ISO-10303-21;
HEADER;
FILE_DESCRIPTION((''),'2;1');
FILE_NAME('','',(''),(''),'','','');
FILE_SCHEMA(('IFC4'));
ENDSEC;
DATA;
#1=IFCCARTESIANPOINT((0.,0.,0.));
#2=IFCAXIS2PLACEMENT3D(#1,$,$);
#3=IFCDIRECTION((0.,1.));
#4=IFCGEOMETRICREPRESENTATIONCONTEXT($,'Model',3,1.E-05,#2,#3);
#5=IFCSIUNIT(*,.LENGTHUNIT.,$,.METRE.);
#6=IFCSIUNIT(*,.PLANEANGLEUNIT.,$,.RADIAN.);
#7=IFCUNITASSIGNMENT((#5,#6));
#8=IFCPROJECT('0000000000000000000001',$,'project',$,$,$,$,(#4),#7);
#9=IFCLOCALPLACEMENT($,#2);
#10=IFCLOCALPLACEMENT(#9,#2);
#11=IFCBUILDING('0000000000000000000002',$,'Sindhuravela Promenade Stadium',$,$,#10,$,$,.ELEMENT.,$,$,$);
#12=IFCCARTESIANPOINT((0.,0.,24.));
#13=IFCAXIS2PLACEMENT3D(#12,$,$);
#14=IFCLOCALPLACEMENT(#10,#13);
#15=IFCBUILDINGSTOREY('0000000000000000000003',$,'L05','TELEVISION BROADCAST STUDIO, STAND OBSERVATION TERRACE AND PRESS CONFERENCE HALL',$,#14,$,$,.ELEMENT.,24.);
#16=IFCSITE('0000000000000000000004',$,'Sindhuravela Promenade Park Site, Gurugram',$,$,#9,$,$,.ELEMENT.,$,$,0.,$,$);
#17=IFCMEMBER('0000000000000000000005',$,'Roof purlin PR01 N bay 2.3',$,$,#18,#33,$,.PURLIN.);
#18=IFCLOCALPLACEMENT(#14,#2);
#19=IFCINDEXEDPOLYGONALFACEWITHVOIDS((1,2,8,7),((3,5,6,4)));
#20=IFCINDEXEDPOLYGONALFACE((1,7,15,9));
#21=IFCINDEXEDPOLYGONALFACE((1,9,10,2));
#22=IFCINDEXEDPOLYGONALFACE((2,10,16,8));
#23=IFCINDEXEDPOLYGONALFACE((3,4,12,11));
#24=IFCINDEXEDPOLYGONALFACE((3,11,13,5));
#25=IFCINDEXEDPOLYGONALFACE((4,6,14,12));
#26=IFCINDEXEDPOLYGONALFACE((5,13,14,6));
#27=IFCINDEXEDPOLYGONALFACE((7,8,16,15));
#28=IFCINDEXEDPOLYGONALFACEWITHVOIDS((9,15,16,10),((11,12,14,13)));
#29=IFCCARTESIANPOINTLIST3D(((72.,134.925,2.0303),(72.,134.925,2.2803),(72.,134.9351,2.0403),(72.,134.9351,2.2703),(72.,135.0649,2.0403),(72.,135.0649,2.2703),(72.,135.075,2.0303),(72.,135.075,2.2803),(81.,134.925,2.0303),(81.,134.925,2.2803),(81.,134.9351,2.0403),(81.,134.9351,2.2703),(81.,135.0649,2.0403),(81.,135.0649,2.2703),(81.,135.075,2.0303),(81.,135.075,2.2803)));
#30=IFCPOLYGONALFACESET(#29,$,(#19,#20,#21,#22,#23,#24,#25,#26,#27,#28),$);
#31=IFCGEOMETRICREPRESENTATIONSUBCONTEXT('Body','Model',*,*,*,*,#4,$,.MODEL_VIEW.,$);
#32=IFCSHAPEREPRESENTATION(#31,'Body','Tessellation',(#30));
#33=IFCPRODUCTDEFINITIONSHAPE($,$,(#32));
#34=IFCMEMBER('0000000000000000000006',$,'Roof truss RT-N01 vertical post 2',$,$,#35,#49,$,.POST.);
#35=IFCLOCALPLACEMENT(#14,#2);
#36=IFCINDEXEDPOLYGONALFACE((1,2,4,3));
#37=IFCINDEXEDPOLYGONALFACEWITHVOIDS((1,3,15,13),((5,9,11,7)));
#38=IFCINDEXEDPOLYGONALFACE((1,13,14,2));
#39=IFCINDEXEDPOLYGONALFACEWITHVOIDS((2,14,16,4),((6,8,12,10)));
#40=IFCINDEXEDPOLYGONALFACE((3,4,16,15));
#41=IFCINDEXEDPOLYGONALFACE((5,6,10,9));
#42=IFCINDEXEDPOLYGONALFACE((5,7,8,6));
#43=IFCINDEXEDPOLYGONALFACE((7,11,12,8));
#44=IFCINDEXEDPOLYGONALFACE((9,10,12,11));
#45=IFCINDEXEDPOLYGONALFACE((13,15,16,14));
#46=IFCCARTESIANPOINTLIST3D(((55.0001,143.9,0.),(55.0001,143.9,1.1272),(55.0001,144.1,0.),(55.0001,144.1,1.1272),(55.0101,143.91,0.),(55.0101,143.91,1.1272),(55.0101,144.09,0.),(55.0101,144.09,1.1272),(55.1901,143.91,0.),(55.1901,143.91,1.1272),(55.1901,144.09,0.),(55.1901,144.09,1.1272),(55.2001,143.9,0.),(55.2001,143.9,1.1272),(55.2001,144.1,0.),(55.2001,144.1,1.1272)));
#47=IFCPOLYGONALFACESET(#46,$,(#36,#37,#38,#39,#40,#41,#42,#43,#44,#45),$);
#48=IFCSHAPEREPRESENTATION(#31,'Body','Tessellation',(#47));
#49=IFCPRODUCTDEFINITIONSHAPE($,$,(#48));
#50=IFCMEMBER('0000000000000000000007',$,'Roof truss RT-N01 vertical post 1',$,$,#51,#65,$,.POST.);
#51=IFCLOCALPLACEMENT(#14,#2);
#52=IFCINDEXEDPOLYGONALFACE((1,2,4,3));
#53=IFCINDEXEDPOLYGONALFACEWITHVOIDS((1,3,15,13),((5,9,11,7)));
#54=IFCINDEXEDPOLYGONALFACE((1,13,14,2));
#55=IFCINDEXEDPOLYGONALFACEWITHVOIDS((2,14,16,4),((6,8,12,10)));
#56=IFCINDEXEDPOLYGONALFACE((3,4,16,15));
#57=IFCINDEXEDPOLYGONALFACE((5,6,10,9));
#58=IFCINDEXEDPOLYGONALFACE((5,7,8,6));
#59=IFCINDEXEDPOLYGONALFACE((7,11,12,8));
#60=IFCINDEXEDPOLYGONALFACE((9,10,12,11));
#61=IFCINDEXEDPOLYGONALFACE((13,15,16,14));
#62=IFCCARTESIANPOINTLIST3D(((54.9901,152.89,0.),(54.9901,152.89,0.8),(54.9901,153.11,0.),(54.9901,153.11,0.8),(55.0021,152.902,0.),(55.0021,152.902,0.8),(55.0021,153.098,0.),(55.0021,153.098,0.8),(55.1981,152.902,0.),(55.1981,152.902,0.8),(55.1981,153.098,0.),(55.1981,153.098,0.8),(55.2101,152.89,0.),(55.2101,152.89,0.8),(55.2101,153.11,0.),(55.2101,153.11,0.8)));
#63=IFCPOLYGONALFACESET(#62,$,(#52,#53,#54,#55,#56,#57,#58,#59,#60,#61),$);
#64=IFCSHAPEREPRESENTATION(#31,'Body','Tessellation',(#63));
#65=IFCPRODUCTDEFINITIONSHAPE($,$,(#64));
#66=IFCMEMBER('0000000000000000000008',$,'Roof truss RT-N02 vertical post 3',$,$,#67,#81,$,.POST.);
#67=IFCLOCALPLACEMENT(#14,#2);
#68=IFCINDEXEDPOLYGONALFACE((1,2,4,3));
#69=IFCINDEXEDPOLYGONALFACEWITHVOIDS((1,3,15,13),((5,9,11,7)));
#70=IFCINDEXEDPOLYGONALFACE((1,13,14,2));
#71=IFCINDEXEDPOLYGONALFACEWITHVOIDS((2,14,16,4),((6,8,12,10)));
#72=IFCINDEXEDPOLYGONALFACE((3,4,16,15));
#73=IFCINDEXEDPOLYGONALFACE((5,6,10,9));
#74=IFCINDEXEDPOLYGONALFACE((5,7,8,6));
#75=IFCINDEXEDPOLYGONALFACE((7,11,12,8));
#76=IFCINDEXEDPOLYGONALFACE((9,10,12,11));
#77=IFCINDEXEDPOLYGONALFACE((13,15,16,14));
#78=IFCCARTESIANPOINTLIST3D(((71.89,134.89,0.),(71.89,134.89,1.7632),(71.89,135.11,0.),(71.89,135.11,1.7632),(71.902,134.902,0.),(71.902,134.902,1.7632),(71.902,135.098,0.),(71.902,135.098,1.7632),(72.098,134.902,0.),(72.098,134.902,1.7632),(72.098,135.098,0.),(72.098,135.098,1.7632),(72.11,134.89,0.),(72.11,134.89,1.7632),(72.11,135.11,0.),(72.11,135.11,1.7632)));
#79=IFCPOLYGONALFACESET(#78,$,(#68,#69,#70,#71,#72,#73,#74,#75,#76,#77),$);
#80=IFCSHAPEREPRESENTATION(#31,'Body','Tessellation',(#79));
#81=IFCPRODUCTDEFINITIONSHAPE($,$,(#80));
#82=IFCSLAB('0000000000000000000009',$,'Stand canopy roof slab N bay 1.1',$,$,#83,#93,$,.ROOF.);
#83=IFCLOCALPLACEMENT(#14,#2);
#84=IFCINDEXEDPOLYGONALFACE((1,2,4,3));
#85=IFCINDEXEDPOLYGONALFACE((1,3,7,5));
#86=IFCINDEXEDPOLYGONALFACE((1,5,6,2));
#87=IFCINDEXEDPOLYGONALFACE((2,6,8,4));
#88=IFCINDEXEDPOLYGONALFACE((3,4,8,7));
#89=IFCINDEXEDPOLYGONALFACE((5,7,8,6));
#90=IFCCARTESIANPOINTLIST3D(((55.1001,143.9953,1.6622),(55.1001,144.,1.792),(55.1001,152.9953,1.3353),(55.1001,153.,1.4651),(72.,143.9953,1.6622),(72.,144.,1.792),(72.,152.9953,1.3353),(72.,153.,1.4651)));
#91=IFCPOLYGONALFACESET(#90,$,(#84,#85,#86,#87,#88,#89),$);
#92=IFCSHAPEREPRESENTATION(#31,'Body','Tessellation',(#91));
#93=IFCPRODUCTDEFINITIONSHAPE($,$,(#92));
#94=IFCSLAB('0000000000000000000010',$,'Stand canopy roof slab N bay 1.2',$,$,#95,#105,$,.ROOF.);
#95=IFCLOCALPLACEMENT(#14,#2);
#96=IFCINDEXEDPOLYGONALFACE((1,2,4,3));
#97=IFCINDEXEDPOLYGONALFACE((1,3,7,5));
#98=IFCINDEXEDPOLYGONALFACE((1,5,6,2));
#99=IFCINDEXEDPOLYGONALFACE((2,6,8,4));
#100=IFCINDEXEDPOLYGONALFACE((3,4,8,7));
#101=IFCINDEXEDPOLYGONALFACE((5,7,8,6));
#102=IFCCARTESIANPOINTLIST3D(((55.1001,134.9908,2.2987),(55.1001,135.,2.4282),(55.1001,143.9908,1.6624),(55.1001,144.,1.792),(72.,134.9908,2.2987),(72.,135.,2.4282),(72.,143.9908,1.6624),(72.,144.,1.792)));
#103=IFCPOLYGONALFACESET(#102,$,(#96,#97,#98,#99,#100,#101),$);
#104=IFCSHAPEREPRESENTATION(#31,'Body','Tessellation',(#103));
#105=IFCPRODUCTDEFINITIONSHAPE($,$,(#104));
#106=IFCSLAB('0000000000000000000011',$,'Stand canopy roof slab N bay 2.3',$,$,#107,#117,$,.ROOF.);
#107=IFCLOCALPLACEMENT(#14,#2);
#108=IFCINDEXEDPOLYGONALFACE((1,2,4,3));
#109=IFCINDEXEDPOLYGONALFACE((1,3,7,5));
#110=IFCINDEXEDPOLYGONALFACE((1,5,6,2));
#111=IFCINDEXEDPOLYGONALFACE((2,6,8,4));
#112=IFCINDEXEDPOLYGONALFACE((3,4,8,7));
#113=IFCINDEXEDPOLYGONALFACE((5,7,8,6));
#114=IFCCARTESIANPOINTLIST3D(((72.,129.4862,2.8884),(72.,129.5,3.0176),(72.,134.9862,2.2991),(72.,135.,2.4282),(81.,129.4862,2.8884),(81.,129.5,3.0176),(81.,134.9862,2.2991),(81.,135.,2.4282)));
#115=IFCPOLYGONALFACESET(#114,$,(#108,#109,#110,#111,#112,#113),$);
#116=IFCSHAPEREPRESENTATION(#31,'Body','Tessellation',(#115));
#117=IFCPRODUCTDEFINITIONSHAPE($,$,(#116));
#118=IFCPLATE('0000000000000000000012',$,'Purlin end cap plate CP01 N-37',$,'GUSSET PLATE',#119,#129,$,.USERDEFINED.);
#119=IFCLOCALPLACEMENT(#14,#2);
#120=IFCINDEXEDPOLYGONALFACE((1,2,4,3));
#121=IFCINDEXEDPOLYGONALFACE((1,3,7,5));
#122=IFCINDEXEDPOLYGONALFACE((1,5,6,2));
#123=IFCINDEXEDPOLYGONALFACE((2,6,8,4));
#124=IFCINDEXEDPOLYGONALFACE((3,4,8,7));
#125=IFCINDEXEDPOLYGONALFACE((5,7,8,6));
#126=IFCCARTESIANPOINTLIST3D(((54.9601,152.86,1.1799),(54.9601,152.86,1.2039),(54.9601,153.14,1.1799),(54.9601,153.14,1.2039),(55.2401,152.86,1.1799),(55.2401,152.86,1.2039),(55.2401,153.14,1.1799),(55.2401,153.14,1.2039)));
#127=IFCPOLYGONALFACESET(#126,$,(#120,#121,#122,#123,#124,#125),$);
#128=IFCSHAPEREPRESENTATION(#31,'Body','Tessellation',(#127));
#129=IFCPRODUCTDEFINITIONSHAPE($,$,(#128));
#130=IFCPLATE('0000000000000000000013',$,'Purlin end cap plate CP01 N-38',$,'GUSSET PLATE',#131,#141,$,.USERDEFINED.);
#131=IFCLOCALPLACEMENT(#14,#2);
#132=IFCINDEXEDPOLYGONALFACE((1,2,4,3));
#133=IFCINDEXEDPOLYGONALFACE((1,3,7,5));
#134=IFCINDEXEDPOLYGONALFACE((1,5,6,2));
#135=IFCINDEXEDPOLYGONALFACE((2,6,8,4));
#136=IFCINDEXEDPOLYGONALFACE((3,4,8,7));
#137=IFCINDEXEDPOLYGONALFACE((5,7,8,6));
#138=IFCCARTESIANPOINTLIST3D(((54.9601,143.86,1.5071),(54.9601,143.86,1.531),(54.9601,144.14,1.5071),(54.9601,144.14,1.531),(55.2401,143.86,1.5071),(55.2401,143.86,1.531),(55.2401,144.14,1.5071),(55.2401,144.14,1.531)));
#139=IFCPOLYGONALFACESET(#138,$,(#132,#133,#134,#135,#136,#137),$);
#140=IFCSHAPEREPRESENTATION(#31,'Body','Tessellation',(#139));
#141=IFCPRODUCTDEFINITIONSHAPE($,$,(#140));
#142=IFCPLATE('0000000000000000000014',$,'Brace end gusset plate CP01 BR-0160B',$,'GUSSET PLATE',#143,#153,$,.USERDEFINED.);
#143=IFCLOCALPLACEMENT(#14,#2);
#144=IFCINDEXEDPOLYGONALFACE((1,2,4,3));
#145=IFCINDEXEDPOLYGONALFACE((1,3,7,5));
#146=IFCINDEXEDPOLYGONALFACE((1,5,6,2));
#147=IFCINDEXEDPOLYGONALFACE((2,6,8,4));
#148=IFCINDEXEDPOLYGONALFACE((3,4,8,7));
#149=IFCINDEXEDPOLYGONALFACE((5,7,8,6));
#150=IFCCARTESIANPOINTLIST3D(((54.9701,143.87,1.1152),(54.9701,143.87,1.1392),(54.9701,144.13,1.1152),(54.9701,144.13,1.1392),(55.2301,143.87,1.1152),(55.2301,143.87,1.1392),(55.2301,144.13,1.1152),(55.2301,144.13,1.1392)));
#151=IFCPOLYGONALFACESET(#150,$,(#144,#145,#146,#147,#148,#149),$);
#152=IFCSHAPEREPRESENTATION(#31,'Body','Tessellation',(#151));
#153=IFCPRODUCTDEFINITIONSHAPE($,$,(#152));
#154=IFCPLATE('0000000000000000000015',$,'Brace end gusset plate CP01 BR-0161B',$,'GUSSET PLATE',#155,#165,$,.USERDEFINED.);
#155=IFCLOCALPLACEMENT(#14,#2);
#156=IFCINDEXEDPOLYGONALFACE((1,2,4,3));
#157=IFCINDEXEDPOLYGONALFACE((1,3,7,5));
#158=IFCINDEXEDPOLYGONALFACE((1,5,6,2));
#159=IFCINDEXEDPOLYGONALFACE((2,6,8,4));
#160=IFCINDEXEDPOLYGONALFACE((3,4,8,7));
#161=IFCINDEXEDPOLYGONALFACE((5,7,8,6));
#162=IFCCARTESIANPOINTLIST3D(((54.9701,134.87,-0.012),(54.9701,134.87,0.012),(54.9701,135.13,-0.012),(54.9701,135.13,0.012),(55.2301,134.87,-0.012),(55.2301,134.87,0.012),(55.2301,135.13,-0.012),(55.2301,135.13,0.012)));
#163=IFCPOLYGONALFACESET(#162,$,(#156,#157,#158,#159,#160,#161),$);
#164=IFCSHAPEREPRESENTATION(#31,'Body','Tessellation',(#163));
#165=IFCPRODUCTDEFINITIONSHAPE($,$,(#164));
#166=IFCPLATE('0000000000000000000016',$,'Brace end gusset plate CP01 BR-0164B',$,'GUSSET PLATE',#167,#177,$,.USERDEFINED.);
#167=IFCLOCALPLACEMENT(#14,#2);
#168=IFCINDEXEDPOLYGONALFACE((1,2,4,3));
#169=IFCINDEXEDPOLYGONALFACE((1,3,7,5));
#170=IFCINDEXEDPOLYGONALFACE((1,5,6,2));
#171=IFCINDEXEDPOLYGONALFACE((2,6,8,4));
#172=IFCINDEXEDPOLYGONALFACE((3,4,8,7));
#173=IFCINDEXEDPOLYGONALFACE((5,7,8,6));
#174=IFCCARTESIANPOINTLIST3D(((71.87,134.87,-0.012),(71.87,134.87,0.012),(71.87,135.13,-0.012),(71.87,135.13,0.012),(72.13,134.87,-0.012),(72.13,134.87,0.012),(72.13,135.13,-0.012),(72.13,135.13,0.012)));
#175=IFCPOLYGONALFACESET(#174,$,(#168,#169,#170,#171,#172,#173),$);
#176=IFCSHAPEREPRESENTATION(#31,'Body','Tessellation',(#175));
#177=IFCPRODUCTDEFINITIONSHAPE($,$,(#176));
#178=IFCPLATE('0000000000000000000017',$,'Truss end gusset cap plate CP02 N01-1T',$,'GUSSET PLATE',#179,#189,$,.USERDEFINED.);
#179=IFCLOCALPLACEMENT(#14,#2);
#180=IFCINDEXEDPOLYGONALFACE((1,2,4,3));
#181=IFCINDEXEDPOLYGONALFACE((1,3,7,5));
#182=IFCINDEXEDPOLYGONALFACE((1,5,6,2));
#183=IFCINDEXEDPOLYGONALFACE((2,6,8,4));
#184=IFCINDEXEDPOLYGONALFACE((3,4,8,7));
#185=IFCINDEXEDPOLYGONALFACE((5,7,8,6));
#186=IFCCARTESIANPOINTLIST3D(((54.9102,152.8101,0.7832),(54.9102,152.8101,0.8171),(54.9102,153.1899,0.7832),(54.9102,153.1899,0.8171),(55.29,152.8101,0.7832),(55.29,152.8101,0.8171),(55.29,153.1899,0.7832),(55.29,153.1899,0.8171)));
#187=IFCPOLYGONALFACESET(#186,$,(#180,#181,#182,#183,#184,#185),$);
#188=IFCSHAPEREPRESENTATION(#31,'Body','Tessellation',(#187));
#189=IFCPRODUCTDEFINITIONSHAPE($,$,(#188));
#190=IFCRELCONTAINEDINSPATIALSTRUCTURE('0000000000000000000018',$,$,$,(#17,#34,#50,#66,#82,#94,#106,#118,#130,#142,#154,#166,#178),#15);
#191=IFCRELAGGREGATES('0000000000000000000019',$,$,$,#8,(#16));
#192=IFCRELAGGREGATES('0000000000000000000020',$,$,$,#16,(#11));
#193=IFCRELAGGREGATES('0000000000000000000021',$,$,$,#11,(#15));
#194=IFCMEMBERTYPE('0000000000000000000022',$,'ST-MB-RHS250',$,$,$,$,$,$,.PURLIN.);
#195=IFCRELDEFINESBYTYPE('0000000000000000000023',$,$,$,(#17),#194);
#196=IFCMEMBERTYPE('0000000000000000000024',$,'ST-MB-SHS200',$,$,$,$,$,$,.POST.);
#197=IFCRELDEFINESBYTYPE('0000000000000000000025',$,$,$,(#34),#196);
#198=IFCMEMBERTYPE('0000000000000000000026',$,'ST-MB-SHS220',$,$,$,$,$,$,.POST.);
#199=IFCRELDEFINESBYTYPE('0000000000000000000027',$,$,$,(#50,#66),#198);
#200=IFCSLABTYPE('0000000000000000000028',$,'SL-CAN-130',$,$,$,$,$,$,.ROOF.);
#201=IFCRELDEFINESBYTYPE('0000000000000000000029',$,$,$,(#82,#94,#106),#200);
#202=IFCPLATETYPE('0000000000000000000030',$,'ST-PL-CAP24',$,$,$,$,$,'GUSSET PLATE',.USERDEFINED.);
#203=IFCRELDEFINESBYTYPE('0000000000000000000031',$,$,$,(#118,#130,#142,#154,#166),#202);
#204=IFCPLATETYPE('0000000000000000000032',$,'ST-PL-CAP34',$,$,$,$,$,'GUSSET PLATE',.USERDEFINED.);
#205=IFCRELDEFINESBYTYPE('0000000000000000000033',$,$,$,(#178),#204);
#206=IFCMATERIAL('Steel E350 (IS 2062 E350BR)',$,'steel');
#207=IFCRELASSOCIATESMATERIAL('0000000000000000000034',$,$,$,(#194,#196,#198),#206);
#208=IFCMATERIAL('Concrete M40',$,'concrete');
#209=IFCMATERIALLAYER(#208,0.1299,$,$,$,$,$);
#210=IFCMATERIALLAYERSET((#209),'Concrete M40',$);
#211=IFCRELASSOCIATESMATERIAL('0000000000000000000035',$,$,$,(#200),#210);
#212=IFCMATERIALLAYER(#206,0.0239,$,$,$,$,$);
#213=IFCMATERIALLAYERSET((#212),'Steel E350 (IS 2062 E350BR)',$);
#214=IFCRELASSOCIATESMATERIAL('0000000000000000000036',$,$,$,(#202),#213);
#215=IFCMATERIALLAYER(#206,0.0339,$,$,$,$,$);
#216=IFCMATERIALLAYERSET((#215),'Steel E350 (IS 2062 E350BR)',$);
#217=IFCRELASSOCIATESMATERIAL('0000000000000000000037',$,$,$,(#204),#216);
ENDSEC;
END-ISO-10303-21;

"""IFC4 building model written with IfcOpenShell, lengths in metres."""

from ifc_helpers import new_model, si_unit, direction, frame, origin, origin_2d, place, context, subcontext, project, spatial, polyline, rectangle, hollow_rectangle, outline, extrude, material, layer, layer_set, material_profile, profile_set, type_object, element, save


model = new_model("IFC4")

# Units and contexts
model_context = context("Model", 3, precision=1e-05, world=origin(), true_north=direction((0.0, 1.0)))
body_context = subcontext(model_context, "Body", "Model", "MODEL_VIEW")
ifc_project = project(units=[si_unit("LENGTHUNIT", "METRE"), si_unit("PLANEANGLEUNIT", "RADIAN")], contexts=[model_context])

# Site, building, storey
site_placement = place(None, origin())
site = spatial("IfcSite", under=ifc_project, at=site_placement, Name="Sindhuravela Promenade Park Site, Gurugram", CompositionType="ELEMENT", RefElevation=0.0)
building_placement = place(site_placement, origin())
building = spatial("IfcBuilding", under=site, at=building_placement, Name="Sindhuravela Promenade Stadium", CompositionType="ELEMENT")
storey_placement = place(building_placement, frame((0.0, 0.0, 24.0)))
storey = spatial("IfcBuildingStorey", under=building, at=storey_placement, Name="L05", Description="TELEVISION BROADCAST STUDIO, STAND OBSERVATION TERRACE AND PRESS CONFERENCE HALL", CompositionType="ELEMENT", Elevation=24.0)

# Shared definitions
ifc_material_1 = material(Name="Steel E350 (IS 2062 E350BR)", Category="steel")

# Members
ifc_material_profile_1 = material_profile(ifc_material_1, hollow_rectangle(XDim=0.1499, YDim=0.25, WallThickness=0.01, at=origin_2d()), Name="RHS 250x150x10")
ifc_profile_set_1 = profile_set([ifc_material_profile_1], Name="Steel E350 (IS 2062 E350BR)")
member_type_1 = type_object("IfcMemberType", Name="ST-MB-RHS250", PredefinedType="PURLIN", material=ifc_profile_set_1)
member_1_placement = place(storey_placement, frame((72.0, 135.0, 2.1553), z_axis=(1.0, 0.0, 0.0), x_axis=(0.0, 1.0, 0.0)))
element("IfcMember", 1, at=member_1_placement, inside=storey, type_object=member_type_1, Name="Roof purlin PR01 N bay 2.3", PredefinedType="PURLIN", context=body_context, shape_type="SweptSolid", body=[
    extrude(hollow_rectangle(XDim=0.1499, YDim=0.25, WallThickness=0.01, at=origin_2d()), origin(), (0.0, 0.0, 1.0), 9.0),
])
ifc_material_profile_2 = material_profile(ifc_material_1, hollow_rectangle(XDim=0.2, YDim=0.2, WallThickness=0.01, at=origin_2d()), Name="SHS 200x200x10")
ifc_profile_set_2 = profile_set([ifc_material_profile_2], Name="Steel E350 (IS 2062 E350BR)")
member_type_2 = type_object("IfcMemberType", Name="ST-MB-SHS200", PredefinedType="POST", material=ifc_profile_set_2)
member_2_placement = place(storey_placement, frame((55.1001, 144.0, 0.0), z_axis=(0.0, 0.0, 1.0), x_axis=(1.0, 0.0, 0.0)))
element("IfcMember", 2, at=member_2_placement, inside=storey, type_object=member_type_2, Name="Roof truss RT-N01 vertical post 2", PredefinedType="POST", context=body_context, shape_type="SweptSolid", body=[
    extrude(hollow_rectangle(XDim=0.2, YDim=0.2, WallThickness=0.01, at=origin_2d()), origin(), (0.0, 0.0, 1.0), 1.1272),
])
ifc_material_profile_3 = material_profile(ifc_material_1, hollow_rectangle(XDim=0.22, YDim=0.22, WallThickness=0.012, at=origin_2d()), Name="SHS 220x220x12")
ifc_profile_set_3 = profile_set([ifc_material_profile_3], Name="Steel E350 (IS 2062 E350BR)")
member_type_3 = type_object("IfcMemberType", Name="ST-MB-SHS220", PredefinedType="POST", material=ifc_profile_set_3)
member_3_placement = place(storey_placement, frame((55.1001, 153.0, 0.0), z_axis=(0.0, 0.0, 1.0), x_axis=(1.0, 0.0, 0.0)))
element("IfcMember", 3, at=member_3_placement, inside=storey, type_object=member_type_3, Name="Roof truss RT-N01 vertical post 1", PredefinedType="POST", context=body_context, shape_type="SweptSolid", body=[
    extrude(hollow_rectangle(XDim=0.22, YDim=0.22, WallThickness=0.012, at=origin_2d()), origin(), (0.0, 0.0, 1.0), 0.8),
])
member_4_placement = place(storey_placement, frame((72.0, 135.0, 0.0), z_axis=(0.0, 0.0, 1.0), x_axis=(1.0, 0.0, 0.0)))
element("IfcMember", 4, at=member_4_placement, inside=storey, type_object=member_type_3, Name="Roof truss RT-N02 vertical post 3", PredefinedType="POST", context=body_context, shape_type="SweptSolid", body=[
    extrude(hollow_rectangle(XDim=0.22, YDim=0.22, WallThickness=0.012, at=origin_2d()), origin(), (0.0, 0.0, 1.0), 1.7632),
])

# Slabs
ifc_material_2 = material(Name="Concrete M40", Category="concrete")
ifc_layer_1 = layer(ifc_material_2, 0.1299)
ifc_layer_set_1 = layer_set([ifc_layer_1], Name="Concrete M40")
slab_type = type_object("IfcSlabType", Name="SL-CAN-130", PredefinedType="ROOF", material=ifc_layer_set_1)
slab_1_placement = place(storey_placement, frame((55.1001, 153.0, 1.4651), z_axis=(0.0, 0.036299, 0.999341), x_axis=(1.0, 0.0, 0.0)))
element("IfcSlab", 5, at=slab_1_placement, inside=storey, type_object=slab_type, Name="Stand canopy roof slab N bay 1.1", PredefinedType="ROOF", context=body_context, shape_type="SweptSolid", body=[
    extrude(outline(polyline([(0.0, 0.0), (0.0, -9.0059), (16.8999, -9.0059), (16.8999, 0.0), (0.0, 0.0)])), origin(), (0.0, 0.0, -1.0), 0.1299),
])
slab_2_placement = place(storey_placement, frame((55.1001, 144.0, 1.792), z_axis=(0.0, 0.070516, 0.997511), x_axis=(1.0, 0.0, 0.0)))
element("IfcSlab", 6, at=slab_2_placement, inside=storey, type_object=slab_type, Name="Stand canopy roof slab N bay 1.2", PredefinedType="ROOF", context=body_context, shape_type="SweptSolid", body=[
    extrude(outline(polyline([(0.0, 0.0), (0.0, -9.0225), (16.8999, -9.0225), (16.8999, 0.0), (0.0, 0.0)])), origin(), (0.0, 0.0, -1.0), 0.1299),
])
slab_3_placement = place(storey_placement, frame((72.0, 135.0, 2.4282), z_axis=(0.0, 0.106546, 0.994308), x_axis=(1.0, 0.0, 0.0)))
element("IfcSlab", 7, at=slab_3_placement, inside=storey, type_object=slab_type, Name="Stand canopy roof slab N bay 2.3", PredefinedType="ROOF", context=body_context, shape_type="SweptSolid", body=[
    extrude(outline(polyline([(0.0, 0.0), (0.0, -5.5315), (9.0, -5.5315), (9.0, 0.0), (0.0, 0.0)])), origin(), (0.0, 0.0, -1.0), 0.1299),
])

# Plates
ifc_layer_2 = layer(ifc_material_1, 0.0239)
ifc_layer_set_2 = layer_set([ifc_layer_2], Name="Steel E350 (IS 2062 E350BR)")
plate_type_1 = type_object("IfcPlateType", Name="ST-PL-CAP24", ElementType="GUSSET PLATE", PredefinedType="USERDEFINED", material=ifc_layer_set_2)
for number, where, z_axis, x_axis, name in (
    (8, (55.1001, 153.0, 1.1799), (0.0, 0.0, 1.0), (1.0, 0.0, 0.0), "Purlin end cap plate CP01 N-37"),
    (9, (55.1001, 144.0, 1.5071), (0.0, 0.0, 1.0), (1.0, 0.0, 0.0), "Purlin end cap plate CP01 N-38"),
):
    element("IfcPlate", number, at=place(storey_placement, frame(where, z_axis=z_axis, x_axis=x_axis)), inside=storey, type_object=plate_type_1, Name=name, ObjectType="GUSSET PLATE", PredefinedType="USERDEFINED", context=body_context, shape_type="SweptSolid", body=[
        extrude(rectangle(XDim=0.28, YDim=0.28, at=origin_2d()), origin(), (0.0, 0.0, 1.0), 0.0239),
    ])
for number, where, z_axis, x_axis, name in (
    (10, (55.1001, 144.0, 1.1152), (0.0, 0.0, 1.0), (1.0, 0.0, 0.0), "Brace end gusset plate CP01 BR-0160B"),
    (11, (55.1001, 135.0, -0.012), (0.0, 0.0, 1.0), (1.0, 0.0, 0.0), "Brace end gusset plate CP01 BR-0161B"),
    (12, (72.0, 135.0, -0.012), (0.0, 0.0, 1.0), (1.0, 0.0, 0.0), "Brace end gusset plate CP01 BR-0164B"),
):
    element("IfcPlate", number, at=place(storey_placement, frame(where, z_axis=z_axis, x_axis=x_axis)), inside=storey, type_object=plate_type_1, Name=name, ObjectType="GUSSET PLATE", PredefinedType="USERDEFINED", context=body_context, shape_type="SweptSolid", body=[
        extrude(rectangle(XDim=0.26, YDim=0.26, at=origin_2d()), origin(), (0.0, 0.0, 1.0), 0.0239),
    ])
ifc_layer_3 = layer(ifc_material_1, 0.0339)
ifc_layer_set_3 = layer_set([ifc_layer_3], Name="Steel E350 (IS 2062 E350BR)")
plate_type_2 = type_object("IfcPlateType", Name="ST-PL-CAP34", ElementType="GUSSET PLATE", PredefinedType="USERDEFINED", material=ifc_layer_set_3)
for number, where, z_axis, x_axis, name in (
    (13, (55.1001, 153.0, 0.7832), (0.0, 0.0, 1.0), (1.0, 0.0, 0.0), "Truss end gusset cap plate CP02 N01-1T"),
):
    element("IfcPlate", number, at=place(storey_placement, frame(where, z_axis=z_axis, x_axis=x_axis)), inside=storey, type_object=plate_type_2, Name=name, ObjectType="GUSSET PLATE", PredefinedType="USERDEFINED", context=body_context, shape_type="SweptSolid", body=[
        extrude(rectangle(XDim=0.3799, YDim=0.3799, at=origin_2d()), origin(), (0.0, 0.0, 1.0), 0.0339),
    ])

save(model, "model.ifc")
